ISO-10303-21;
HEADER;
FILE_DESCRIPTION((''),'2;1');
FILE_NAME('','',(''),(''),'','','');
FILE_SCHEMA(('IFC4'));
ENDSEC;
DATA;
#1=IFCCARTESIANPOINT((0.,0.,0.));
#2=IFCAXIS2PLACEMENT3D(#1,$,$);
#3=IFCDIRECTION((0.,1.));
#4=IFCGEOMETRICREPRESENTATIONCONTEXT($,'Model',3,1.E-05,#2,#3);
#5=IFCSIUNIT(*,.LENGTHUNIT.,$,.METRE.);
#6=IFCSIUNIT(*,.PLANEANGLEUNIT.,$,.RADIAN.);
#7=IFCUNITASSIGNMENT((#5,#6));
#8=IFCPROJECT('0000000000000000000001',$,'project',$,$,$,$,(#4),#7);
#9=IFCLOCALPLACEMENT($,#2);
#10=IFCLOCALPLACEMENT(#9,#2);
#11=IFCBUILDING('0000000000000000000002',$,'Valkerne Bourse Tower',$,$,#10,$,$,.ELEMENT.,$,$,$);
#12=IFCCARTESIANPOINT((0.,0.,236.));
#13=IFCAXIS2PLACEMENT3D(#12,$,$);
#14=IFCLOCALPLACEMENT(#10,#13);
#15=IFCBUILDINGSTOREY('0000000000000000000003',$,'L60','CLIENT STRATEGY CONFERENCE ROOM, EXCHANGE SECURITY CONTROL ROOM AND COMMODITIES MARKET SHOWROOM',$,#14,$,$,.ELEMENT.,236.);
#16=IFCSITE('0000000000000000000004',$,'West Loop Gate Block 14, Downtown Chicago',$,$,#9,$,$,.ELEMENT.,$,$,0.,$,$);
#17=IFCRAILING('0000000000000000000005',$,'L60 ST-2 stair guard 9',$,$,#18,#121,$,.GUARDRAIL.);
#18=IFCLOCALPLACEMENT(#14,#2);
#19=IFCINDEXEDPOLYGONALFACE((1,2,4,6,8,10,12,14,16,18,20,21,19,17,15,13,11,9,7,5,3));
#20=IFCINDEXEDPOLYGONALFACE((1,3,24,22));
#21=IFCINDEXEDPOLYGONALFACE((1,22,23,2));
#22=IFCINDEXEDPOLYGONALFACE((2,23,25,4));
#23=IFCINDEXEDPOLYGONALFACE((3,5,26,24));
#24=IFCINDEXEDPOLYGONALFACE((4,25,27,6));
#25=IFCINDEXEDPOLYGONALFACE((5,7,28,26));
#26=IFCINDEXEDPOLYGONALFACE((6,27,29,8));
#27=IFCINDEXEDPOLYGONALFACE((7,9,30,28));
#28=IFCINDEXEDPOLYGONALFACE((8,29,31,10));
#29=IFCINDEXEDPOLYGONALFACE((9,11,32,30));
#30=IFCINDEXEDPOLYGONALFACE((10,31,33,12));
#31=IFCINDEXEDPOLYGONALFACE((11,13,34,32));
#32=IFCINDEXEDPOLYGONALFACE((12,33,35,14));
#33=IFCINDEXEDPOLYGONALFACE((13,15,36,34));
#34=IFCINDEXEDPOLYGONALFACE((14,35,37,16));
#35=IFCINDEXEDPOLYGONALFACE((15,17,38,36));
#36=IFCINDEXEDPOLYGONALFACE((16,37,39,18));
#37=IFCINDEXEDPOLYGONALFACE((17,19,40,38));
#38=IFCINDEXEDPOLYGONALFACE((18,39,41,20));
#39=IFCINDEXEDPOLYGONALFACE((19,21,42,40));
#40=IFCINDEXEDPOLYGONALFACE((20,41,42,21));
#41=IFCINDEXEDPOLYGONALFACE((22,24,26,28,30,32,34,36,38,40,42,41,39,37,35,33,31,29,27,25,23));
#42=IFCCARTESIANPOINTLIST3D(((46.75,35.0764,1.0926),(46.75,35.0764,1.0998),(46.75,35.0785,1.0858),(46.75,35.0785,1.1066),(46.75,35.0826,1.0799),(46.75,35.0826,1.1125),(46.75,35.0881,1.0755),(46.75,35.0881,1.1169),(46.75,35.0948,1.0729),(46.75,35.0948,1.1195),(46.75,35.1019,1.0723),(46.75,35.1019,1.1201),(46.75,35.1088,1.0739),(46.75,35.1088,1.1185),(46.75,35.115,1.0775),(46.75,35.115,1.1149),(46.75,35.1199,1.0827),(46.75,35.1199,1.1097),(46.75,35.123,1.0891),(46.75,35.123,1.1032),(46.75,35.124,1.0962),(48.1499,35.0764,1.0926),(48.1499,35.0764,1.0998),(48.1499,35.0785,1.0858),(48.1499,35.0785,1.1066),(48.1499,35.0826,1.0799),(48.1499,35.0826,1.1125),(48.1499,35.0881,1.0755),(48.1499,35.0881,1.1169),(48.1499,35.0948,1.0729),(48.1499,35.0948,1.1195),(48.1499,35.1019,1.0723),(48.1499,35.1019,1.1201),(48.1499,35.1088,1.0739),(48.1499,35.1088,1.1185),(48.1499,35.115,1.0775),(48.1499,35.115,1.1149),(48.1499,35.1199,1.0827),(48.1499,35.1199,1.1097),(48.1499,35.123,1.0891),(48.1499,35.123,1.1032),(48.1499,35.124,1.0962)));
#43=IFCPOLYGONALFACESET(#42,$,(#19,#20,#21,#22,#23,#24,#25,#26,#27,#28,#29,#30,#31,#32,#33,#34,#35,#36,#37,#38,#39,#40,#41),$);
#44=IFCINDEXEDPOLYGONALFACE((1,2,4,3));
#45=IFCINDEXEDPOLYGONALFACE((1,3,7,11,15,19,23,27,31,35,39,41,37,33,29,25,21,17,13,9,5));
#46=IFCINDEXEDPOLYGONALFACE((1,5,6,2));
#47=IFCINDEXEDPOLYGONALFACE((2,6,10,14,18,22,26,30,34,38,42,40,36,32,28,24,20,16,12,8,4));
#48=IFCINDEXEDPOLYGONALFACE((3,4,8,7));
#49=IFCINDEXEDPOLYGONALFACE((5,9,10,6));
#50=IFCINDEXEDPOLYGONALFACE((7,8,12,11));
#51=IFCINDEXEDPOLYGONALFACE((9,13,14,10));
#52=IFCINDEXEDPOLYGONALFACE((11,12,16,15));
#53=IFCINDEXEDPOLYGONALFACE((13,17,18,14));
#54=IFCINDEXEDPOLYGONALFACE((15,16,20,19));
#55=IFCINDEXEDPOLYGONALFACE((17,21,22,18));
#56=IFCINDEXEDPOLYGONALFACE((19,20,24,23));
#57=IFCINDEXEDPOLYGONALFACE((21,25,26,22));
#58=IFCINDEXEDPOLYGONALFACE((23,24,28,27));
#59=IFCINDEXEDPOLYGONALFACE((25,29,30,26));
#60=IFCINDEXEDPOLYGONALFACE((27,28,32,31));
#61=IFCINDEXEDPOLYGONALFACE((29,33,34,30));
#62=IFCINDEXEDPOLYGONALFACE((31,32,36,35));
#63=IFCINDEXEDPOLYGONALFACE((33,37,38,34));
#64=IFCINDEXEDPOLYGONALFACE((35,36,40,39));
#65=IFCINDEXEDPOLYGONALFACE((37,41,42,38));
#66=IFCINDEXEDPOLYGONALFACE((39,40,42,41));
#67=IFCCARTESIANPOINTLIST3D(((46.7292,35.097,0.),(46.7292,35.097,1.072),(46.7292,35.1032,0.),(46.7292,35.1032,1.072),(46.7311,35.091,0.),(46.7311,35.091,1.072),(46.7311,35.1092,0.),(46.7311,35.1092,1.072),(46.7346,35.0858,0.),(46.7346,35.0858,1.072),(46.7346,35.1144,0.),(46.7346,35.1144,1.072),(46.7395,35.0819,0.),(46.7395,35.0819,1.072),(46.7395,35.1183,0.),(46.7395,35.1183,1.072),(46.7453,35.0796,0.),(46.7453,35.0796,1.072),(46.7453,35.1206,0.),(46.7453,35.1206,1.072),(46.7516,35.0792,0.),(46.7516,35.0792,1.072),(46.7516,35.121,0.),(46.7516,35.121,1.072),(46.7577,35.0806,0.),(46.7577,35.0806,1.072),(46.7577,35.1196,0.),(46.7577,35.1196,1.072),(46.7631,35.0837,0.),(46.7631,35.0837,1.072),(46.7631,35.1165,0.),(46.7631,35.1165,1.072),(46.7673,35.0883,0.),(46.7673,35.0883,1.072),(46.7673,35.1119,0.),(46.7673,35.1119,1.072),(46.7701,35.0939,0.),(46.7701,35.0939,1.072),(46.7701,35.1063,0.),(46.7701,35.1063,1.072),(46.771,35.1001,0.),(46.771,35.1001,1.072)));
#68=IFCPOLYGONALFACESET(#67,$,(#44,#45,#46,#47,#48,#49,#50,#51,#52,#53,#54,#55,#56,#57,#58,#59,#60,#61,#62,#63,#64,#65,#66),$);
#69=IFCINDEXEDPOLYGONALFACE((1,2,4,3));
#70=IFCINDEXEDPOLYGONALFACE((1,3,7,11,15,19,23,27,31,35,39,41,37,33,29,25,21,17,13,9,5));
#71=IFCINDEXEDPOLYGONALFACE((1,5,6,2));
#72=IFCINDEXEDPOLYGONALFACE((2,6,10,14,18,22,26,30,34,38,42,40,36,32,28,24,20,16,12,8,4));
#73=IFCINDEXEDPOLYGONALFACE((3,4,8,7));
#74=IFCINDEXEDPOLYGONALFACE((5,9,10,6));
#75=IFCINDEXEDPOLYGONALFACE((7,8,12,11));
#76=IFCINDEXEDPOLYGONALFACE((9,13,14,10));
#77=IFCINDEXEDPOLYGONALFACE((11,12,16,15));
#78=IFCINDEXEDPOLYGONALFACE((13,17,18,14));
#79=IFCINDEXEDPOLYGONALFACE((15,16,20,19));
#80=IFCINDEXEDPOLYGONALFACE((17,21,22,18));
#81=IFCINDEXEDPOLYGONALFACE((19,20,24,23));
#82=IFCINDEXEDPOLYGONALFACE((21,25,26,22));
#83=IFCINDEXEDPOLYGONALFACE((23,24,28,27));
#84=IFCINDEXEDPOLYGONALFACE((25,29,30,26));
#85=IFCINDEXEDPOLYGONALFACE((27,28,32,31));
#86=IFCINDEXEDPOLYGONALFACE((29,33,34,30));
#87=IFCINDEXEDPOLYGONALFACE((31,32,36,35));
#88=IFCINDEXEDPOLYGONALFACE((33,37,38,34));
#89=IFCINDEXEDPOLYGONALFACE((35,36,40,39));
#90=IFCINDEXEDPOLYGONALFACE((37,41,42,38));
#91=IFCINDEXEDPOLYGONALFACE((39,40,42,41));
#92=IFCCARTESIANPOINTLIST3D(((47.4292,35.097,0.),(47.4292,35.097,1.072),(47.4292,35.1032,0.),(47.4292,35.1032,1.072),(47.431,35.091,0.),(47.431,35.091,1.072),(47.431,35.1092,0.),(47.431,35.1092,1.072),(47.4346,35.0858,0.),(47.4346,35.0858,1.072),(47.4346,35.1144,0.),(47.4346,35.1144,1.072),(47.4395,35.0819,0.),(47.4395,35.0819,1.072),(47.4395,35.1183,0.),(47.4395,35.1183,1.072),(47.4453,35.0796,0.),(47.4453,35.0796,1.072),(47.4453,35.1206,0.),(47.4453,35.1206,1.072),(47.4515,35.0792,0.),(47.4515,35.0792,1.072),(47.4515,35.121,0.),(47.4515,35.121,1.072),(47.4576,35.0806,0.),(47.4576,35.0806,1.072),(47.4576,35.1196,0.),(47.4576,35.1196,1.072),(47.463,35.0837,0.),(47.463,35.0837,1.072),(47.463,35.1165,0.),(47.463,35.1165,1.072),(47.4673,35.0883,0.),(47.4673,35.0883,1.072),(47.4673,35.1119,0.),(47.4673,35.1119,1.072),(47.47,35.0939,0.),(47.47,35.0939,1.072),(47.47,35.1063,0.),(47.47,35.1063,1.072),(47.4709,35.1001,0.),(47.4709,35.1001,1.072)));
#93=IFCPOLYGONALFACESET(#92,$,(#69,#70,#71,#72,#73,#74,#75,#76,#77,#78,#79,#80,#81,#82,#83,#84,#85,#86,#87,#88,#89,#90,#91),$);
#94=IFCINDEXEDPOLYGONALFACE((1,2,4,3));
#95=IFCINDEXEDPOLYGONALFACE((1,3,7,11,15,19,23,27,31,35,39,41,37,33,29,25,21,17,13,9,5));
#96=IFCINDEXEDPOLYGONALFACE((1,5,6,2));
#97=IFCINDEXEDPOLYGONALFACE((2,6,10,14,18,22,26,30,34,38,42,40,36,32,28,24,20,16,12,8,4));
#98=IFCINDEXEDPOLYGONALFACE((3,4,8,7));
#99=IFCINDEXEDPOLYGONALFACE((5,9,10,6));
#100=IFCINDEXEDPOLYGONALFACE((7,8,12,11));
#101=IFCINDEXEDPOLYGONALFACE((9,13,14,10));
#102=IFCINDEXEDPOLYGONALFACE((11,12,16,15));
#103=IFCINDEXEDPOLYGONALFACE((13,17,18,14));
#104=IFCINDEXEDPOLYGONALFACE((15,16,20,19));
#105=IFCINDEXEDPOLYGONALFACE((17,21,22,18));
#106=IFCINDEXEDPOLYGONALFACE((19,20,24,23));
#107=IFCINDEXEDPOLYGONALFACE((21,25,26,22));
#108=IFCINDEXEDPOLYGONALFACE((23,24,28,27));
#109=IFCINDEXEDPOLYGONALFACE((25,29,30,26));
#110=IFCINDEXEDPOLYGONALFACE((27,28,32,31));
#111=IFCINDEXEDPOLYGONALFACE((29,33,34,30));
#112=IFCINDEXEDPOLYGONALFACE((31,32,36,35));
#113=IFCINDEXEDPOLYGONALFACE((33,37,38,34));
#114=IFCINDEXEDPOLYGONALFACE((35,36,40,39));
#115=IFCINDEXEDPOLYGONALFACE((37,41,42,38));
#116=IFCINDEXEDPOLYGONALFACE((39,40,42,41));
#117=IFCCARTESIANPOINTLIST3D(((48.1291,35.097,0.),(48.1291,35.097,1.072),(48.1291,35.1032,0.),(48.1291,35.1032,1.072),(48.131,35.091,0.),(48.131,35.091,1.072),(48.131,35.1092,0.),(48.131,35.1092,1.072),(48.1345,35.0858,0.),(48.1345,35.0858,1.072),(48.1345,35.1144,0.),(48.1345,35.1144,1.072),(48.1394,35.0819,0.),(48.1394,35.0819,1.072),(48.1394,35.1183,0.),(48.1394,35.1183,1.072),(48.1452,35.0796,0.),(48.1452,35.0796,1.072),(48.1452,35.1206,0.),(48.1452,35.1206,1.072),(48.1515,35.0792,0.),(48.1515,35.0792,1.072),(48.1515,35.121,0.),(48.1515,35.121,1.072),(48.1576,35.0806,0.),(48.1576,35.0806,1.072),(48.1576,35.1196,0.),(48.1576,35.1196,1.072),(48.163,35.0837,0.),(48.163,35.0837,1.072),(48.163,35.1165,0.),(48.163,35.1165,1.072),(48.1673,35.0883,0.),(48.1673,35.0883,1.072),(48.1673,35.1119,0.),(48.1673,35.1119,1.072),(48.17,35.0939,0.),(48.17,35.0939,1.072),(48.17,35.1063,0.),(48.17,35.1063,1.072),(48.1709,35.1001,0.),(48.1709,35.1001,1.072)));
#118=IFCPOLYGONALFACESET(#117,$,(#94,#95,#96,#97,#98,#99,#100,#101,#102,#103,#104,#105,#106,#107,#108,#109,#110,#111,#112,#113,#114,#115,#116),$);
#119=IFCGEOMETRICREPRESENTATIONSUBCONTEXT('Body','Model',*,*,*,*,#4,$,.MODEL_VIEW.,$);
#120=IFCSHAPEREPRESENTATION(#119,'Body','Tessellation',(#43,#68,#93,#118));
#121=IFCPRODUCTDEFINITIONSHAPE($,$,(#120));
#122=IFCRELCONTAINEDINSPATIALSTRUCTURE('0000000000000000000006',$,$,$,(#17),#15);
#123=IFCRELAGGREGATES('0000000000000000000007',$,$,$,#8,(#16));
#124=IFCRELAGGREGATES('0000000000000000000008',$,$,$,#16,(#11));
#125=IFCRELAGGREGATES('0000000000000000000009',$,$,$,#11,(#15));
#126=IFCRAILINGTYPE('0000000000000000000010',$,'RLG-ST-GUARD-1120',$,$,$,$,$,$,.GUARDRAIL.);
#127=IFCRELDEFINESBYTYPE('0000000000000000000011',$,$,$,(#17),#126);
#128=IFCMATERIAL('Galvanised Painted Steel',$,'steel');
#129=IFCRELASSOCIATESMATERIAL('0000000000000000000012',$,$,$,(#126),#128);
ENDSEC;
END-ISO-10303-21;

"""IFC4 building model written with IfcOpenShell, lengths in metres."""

from ifc_helpers import new_model, si_unit, direction, frame, origin, origin_2d, place, context, subcontext, project, spatial, circle, extrude, material, type_object, element, save


model = new_model("IFC4")

# Units and contexts
model_context = context("Model", 3, precision=1e-05, world=origin(), true_north=direction((0.0, 1.0)))
body_context = subcontext(model_context, "Body", "Model", "MODEL_VIEW")
ifc_project = project(units=[si_unit("LENGTHUNIT", "METRE"), si_unit("PLANEANGLEUNIT", "RADIAN")], contexts=[model_context])

# Site, building, storey
site_placement = place(None, origin())
site = spatial("IfcSite", under=ifc_project, at=site_placement, Name="West Loop Gate Block 14, Downtown Chicago", CompositionType="ELEMENT", RefElevation=0.0)
building_placement = place(site_placement, origin())
building = spatial("IfcBuilding", under=site, at=building_placement, Name="Valkerne Bourse Tower", CompositionType="ELEMENT")
storey_placement = place(building_placement, frame((0.0, 0.0, 236.0)))
storey = spatial("IfcBuildingStorey", under=building, at=storey_placement, Name="L60", Description="CLIENT STRATEGY CONFERENCE ROOM, EXCHANGE SECURITY CONTROL ROOM AND COMMODITIES MARKET SHOWROOM", CompositionType="ELEMENT", Elevation=236.0)

# Shared definitions
ifc_material_1 = material(Name="Galvanised Painted Steel", Category="steel")

# Railing
railing_type_1 = type_object("IfcRailingType", Name="RLG-ST-GUARD-1120", PredefinedType="GUARDRAIL", material=ifc_material_1)
for number, where, name in (
    (1, (46.75, 35.1001, 0.0), "L60 ST-2 stair guard 9"),
):
    element("IfcRailing", number, at=place(storey_placement, frame(where)), inside=storey, type_object=railing_type_1, Name=name, PredefinedType="GUARDRAIL", context=body_context, shape_type="SweptSolid", body=[
        extrude(circle(Radius=0.0239, at=origin_2d()), frame((0.0, 0.0, 1.0962), z_axis=(1.0, 0.0, 0.0), x_axis=(0.0, 1.0, 0.0)), (0.0, 0.0, 1.0), 1.3999),
        extrude(circle(Radius=0.021, at=origin_2d()), origin(), (0.0, 0.0, 1.0), 1.072),
        extrude(circle(Radius=0.021, at=origin_2d()), frame((0.7, 0.0, 0.0)), (0.0, 0.0, 1.0), 1.072),
        extrude(circle(Radius=0.021, at=origin_2d()), frame((1.3999, 0.0, 0.0)), (0.0, 0.0, 1.0), 1.072),
    ])

save(model, "model.ifc")
